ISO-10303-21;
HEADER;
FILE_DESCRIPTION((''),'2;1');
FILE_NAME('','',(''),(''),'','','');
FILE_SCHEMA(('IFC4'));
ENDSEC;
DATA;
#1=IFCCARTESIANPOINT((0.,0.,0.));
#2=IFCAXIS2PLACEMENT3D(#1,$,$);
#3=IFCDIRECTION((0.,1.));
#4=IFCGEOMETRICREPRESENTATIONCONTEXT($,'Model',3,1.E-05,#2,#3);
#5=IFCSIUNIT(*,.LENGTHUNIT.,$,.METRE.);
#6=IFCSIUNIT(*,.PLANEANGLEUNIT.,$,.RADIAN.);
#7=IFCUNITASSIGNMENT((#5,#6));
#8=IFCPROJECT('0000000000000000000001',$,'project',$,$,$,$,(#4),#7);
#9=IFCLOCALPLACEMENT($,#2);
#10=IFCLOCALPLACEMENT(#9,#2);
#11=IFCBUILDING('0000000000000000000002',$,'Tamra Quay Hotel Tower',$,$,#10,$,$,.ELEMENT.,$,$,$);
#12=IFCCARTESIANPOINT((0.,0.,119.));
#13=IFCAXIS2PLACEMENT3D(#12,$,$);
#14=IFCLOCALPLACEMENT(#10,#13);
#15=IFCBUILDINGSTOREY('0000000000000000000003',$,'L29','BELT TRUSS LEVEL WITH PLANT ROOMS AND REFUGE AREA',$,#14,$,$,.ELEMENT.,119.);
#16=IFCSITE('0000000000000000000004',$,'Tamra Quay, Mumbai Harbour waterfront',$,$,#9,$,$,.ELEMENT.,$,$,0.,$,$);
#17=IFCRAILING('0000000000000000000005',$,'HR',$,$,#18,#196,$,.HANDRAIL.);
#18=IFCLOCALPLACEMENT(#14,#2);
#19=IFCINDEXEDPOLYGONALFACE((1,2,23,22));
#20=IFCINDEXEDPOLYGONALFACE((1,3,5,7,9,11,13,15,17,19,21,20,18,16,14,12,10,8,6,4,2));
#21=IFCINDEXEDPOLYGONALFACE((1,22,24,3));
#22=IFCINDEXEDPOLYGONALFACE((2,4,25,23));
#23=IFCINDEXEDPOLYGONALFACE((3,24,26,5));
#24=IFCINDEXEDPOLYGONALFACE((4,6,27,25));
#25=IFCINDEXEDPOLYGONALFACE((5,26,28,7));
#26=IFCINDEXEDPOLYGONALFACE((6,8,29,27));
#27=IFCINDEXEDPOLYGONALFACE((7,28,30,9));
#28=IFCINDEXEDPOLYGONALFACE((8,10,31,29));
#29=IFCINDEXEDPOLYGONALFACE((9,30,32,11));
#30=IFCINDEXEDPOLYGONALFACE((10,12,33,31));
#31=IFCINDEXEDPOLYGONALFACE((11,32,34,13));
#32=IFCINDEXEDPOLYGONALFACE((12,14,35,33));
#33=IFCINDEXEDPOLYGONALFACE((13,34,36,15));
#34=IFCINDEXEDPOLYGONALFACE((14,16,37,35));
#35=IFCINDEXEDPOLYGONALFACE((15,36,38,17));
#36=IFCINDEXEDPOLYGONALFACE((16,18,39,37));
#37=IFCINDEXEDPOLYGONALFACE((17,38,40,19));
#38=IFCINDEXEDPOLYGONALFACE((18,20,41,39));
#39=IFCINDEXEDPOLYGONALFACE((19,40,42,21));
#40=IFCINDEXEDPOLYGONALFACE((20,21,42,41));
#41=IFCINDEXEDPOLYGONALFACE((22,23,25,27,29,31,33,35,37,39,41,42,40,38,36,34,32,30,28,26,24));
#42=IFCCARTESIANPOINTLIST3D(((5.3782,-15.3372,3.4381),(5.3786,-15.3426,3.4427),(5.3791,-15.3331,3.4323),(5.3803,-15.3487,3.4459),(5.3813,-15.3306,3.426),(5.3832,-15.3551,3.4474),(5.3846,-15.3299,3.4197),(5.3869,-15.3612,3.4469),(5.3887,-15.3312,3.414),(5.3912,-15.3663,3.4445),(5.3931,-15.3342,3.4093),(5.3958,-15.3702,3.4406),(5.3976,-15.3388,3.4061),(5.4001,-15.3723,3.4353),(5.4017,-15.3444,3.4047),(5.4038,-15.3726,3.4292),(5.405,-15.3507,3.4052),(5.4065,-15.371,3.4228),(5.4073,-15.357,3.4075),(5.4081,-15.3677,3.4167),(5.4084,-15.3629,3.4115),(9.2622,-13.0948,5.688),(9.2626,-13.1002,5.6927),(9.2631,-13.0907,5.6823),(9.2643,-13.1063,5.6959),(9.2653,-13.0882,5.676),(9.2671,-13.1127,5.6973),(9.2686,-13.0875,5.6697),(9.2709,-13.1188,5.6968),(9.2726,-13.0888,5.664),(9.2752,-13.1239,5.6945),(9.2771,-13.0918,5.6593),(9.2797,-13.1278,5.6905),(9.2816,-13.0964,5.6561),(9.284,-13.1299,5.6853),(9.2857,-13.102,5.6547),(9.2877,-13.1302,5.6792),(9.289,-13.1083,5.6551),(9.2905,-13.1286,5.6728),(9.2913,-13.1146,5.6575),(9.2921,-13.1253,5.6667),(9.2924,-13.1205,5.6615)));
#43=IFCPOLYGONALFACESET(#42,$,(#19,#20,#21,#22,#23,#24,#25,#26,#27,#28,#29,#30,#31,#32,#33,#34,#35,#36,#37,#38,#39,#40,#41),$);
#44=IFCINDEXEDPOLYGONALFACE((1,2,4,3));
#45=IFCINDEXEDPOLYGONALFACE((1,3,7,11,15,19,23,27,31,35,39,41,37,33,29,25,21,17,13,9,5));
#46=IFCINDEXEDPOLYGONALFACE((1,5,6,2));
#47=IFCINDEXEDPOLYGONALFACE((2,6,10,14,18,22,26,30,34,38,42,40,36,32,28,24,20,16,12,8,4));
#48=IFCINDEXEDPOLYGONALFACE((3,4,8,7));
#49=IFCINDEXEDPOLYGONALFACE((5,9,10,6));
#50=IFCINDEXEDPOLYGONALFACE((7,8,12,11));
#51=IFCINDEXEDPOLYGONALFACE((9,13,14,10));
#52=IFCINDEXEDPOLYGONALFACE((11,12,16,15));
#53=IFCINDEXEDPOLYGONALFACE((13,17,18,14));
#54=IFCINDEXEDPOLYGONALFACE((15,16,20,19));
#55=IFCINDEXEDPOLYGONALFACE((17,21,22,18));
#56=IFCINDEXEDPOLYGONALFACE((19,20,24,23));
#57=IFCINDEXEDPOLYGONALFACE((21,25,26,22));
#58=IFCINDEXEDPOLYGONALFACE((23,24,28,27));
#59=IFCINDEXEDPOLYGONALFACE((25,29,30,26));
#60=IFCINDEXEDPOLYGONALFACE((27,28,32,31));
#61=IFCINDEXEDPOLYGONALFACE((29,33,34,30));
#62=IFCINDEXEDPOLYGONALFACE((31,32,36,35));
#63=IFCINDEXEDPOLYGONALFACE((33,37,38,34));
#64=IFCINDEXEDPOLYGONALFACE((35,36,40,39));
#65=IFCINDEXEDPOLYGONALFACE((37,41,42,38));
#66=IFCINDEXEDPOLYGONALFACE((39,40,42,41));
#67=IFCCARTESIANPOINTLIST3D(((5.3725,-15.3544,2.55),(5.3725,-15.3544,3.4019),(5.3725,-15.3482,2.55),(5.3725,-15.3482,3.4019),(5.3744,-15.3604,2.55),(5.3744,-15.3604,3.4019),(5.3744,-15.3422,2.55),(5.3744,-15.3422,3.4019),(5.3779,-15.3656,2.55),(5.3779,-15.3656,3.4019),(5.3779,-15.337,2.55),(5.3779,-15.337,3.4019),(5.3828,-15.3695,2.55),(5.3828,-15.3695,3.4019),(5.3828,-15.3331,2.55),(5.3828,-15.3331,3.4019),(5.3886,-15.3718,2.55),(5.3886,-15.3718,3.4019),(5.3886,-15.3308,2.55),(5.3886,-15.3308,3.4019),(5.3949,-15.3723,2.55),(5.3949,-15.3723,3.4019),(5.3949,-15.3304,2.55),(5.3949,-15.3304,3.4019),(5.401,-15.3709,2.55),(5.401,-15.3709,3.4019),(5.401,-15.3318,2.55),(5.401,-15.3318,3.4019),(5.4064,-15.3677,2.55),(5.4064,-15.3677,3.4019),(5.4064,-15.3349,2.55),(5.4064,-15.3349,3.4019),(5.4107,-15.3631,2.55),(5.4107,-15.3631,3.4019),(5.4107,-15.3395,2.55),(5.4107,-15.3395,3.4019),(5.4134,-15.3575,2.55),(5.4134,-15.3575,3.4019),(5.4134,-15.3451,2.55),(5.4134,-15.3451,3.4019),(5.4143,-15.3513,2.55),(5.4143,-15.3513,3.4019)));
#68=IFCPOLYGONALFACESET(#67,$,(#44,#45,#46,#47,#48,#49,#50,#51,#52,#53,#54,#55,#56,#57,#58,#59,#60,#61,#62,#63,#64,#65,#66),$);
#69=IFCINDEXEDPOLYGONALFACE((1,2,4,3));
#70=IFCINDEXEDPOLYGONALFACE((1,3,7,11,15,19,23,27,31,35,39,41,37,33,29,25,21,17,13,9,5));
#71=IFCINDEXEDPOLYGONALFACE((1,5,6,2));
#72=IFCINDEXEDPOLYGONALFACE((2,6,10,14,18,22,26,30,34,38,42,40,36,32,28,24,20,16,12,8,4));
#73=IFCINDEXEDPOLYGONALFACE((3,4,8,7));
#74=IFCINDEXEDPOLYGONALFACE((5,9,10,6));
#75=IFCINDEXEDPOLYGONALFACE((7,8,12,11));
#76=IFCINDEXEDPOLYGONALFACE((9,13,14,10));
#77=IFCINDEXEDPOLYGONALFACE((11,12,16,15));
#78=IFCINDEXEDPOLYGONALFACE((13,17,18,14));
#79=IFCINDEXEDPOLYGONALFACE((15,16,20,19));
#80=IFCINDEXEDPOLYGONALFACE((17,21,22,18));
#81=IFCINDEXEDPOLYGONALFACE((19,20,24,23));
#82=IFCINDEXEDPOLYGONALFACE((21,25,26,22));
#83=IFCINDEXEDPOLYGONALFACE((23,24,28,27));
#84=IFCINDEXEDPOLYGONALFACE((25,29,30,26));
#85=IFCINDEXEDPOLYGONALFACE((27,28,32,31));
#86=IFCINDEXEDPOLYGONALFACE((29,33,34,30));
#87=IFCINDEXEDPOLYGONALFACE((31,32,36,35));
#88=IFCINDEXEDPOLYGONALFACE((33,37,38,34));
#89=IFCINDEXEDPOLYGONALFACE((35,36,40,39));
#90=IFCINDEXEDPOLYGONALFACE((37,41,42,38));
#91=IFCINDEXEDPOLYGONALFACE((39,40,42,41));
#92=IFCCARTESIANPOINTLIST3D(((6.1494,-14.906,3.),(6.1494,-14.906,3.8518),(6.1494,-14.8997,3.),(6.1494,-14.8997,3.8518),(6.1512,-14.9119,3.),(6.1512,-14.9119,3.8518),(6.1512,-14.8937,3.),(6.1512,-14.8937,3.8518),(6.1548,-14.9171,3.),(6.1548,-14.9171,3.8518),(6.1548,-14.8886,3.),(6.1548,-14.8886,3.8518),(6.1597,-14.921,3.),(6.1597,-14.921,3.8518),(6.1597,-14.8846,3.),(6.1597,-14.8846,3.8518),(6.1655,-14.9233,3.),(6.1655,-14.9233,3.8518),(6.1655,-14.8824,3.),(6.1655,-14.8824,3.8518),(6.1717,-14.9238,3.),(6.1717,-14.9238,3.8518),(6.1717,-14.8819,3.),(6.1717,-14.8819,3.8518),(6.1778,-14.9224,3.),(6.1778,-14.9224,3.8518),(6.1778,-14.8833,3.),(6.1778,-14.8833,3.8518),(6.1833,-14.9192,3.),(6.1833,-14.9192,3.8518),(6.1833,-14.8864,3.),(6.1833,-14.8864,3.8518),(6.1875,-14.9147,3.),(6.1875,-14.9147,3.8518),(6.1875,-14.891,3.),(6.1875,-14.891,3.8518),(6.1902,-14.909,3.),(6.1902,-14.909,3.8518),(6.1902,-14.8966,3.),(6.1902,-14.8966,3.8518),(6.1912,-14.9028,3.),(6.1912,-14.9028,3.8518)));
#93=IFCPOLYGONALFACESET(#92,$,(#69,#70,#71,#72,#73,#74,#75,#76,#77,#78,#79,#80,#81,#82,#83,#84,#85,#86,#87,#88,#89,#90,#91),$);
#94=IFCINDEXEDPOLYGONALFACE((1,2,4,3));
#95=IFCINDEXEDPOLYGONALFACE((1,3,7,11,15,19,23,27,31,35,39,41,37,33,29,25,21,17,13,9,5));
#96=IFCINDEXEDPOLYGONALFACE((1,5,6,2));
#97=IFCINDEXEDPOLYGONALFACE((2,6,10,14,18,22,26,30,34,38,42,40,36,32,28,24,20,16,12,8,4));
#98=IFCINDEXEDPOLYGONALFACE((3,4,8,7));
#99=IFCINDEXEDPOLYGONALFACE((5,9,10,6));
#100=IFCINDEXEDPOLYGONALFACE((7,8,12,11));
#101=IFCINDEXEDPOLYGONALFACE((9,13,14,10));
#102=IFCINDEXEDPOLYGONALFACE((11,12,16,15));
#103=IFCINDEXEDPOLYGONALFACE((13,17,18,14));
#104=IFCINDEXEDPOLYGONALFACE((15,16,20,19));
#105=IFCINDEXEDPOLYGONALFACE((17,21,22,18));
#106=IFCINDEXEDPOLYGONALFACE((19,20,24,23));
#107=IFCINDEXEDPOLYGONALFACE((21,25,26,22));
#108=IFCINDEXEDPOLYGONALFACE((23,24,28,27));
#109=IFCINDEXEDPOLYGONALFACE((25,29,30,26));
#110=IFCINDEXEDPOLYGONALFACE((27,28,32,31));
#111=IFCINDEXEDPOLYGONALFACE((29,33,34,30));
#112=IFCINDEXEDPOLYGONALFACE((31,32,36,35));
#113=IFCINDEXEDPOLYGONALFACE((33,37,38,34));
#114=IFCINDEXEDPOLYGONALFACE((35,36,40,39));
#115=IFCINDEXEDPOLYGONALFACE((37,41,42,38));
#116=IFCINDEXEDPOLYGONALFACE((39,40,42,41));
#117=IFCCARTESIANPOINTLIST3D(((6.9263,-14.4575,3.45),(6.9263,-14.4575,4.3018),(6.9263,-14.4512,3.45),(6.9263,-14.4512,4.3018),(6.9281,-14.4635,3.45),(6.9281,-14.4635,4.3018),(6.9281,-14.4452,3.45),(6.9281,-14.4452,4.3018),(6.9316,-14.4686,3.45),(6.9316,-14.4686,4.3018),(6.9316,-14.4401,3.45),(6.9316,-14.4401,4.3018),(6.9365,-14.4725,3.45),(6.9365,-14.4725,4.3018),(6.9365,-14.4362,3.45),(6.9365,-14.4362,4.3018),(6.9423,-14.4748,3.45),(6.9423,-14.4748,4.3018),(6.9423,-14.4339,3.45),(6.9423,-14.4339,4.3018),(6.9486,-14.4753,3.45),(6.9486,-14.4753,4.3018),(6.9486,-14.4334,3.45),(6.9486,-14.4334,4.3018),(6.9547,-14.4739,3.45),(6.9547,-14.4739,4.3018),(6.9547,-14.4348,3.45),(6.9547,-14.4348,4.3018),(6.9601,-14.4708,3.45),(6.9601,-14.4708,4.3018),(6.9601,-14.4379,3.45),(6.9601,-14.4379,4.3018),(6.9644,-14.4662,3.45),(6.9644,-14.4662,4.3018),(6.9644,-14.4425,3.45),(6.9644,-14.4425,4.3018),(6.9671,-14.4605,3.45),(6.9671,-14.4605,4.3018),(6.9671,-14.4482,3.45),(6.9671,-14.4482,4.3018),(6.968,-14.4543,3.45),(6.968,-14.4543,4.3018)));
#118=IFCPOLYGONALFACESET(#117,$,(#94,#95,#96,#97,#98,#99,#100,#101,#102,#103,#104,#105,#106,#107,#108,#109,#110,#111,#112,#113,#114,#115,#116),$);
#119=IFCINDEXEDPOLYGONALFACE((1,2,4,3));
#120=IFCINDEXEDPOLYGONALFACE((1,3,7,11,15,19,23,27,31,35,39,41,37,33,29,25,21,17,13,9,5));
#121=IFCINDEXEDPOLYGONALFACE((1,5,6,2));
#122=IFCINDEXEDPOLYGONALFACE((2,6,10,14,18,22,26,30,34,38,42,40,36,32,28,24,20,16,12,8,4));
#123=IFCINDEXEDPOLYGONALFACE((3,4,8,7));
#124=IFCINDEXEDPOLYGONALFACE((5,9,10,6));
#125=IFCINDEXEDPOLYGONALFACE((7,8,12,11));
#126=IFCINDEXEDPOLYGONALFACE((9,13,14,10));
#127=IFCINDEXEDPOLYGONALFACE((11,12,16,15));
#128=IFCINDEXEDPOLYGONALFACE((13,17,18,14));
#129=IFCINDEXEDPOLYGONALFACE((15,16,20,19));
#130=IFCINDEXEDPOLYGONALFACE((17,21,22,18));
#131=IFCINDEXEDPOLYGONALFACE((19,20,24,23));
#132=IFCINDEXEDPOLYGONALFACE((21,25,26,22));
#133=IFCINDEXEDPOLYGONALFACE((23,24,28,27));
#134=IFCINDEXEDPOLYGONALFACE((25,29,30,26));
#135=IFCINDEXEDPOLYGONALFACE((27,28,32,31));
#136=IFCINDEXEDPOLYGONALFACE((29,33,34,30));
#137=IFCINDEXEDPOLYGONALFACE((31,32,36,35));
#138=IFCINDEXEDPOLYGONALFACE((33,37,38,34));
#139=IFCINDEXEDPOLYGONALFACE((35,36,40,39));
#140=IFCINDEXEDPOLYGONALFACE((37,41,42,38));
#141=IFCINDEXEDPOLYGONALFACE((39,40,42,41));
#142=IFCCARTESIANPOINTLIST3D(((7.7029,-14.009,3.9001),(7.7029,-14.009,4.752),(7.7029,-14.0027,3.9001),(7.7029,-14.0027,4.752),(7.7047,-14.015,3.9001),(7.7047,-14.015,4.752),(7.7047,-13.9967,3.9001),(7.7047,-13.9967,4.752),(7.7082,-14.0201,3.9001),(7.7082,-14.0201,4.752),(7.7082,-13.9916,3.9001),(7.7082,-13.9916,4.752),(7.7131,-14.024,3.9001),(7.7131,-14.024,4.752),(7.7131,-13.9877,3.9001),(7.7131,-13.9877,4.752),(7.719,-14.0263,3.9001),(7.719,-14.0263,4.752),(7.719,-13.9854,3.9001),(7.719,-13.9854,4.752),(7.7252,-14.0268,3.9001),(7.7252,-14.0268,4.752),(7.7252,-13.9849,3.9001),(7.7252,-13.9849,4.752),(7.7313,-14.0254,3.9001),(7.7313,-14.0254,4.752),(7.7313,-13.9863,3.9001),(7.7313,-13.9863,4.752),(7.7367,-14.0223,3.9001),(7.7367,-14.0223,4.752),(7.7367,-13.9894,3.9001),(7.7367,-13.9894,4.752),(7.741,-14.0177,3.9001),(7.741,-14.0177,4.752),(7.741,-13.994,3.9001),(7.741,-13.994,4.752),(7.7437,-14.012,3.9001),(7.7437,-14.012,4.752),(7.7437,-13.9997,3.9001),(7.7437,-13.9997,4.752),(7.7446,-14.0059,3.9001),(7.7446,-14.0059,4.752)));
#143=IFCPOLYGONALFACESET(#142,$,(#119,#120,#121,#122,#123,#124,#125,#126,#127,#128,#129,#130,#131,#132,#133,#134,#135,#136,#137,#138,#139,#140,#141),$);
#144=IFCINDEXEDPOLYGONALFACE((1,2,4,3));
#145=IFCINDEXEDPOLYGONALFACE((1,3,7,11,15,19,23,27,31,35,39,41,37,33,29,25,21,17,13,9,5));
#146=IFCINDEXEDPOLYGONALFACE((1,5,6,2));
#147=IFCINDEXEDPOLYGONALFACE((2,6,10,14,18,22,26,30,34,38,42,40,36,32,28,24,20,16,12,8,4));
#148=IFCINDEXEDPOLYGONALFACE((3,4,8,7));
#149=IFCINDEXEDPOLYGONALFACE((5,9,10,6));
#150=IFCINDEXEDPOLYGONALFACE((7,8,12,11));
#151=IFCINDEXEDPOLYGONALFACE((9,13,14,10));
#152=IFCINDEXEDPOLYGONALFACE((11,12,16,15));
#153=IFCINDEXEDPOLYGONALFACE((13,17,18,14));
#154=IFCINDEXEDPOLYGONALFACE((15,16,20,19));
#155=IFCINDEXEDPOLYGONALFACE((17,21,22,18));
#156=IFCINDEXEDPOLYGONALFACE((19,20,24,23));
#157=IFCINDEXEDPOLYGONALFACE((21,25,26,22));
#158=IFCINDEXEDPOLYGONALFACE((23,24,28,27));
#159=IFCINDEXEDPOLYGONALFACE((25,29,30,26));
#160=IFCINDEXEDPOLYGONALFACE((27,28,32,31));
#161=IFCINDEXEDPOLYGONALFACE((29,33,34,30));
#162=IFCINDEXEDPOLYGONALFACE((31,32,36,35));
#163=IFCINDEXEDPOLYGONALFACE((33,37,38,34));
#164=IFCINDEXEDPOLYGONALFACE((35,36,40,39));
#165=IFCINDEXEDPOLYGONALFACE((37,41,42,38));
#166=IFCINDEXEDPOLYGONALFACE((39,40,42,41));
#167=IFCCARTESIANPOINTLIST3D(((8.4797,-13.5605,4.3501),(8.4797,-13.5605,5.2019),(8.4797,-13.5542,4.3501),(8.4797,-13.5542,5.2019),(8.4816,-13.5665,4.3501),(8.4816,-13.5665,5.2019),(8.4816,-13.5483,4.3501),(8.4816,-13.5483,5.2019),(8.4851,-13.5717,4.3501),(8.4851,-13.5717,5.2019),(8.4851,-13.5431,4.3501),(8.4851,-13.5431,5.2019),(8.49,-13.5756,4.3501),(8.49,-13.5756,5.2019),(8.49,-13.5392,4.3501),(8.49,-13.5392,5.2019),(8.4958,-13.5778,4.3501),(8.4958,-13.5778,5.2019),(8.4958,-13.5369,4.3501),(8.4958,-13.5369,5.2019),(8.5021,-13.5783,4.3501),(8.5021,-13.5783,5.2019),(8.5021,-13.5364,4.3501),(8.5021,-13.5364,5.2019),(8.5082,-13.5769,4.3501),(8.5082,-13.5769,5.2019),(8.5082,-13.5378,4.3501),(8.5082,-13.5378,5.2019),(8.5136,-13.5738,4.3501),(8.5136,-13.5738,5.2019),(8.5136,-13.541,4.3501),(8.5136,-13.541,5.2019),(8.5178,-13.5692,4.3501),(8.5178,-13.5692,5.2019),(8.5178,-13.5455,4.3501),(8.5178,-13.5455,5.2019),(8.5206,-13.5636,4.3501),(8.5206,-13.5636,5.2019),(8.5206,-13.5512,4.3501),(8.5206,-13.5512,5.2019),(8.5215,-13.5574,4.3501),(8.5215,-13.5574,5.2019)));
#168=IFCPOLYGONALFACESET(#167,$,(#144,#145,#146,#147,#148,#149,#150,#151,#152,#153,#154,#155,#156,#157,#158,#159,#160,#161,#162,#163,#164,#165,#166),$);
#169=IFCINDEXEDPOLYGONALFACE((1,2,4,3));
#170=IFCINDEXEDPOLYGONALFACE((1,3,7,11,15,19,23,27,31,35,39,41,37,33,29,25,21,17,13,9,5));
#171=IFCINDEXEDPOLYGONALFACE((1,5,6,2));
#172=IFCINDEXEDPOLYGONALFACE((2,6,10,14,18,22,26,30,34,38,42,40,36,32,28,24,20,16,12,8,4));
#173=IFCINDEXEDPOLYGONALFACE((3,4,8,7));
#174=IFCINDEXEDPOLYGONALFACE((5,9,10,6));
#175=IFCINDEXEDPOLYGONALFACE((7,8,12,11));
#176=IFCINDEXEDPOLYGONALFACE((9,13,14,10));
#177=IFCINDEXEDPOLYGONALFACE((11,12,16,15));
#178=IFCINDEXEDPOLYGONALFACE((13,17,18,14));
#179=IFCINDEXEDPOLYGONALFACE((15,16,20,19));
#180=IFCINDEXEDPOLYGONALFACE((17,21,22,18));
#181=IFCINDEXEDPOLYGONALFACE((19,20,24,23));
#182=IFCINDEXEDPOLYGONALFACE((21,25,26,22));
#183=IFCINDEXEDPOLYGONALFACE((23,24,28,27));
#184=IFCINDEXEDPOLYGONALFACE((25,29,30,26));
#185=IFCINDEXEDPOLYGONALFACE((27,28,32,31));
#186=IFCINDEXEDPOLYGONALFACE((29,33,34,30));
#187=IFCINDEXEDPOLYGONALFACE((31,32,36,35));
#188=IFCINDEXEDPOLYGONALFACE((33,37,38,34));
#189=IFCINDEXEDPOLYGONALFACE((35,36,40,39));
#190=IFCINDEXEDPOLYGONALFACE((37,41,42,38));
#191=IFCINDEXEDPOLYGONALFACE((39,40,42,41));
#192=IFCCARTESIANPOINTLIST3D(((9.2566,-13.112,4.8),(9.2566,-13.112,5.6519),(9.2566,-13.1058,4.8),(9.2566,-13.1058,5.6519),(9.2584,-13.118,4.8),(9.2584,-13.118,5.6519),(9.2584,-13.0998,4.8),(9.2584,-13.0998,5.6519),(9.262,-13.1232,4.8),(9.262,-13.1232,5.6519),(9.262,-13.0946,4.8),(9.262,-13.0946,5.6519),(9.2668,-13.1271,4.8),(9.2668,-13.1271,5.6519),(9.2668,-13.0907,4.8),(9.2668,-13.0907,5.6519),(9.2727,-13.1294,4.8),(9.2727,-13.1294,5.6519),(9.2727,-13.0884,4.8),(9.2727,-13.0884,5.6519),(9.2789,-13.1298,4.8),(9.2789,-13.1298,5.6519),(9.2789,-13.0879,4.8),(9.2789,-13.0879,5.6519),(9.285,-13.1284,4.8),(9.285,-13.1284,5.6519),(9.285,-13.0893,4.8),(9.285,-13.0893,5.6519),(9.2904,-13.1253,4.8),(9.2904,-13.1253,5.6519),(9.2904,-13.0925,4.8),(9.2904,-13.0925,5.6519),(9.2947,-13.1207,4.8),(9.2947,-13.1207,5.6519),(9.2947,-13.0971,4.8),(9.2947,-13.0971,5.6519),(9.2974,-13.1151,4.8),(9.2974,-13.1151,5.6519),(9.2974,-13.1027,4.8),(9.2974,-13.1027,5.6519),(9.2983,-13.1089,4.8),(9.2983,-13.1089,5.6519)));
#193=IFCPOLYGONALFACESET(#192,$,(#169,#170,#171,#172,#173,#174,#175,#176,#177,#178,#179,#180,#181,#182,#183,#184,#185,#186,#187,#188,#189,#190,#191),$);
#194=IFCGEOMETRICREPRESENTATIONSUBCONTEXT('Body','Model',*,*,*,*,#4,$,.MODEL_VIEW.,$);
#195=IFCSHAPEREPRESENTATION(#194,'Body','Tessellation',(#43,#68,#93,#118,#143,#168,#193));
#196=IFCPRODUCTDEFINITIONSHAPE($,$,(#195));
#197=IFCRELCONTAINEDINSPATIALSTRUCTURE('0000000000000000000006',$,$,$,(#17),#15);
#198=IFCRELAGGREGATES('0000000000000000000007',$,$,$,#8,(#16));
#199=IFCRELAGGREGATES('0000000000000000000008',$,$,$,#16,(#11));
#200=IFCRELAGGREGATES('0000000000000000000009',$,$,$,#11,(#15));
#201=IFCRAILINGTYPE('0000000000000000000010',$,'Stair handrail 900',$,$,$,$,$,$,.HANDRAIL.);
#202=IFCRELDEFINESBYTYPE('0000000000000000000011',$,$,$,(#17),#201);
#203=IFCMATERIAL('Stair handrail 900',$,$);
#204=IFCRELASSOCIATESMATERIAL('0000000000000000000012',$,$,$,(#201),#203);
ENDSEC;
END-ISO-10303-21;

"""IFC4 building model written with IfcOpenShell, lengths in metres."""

from ifc_helpers import new_model, si_unit, direction, frame, origin, origin_2d, place, context, subcontext, project, spatial, circle, extrude, material, type_object, element, save


model = new_model("IFC4")

# Units and contexts
model_context = context("Model", 3, precision=1e-05, world=origin(), true_north=direction((0.0, 1.0)))
body_context = subcontext(model_context, "Body", "Model", "MODEL_VIEW")
ifc_project = project(units=[si_unit("LENGTHUNIT", "METRE"), si_unit("PLANEANGLEUNIT", "RADIAN")], contexts=[model_context])

# Site, building, storey
site_placement = place(None, origin())
site = spatial("IfcSite", under=ifc_project, at=site_placement, Name="Tamra Quay, Mumbai Harbour waterfront", CompositionType="ELEMENT", RefElevation=0.0)
building_placement = place(site_placement, origin())
building = spatial("IfcBuilding", under=site, at=building_placement, Name="Tamra Quay Hotel Tower", CompositionType="ELEMENT")
storey_placement = place(building_placement, frame((0.0, 0.0, 119.0)))
storey = spatial("IfcBuildingStorey", under=building, at=storey_placement, Name="L29", Description="BELT TRUSS LEVEL WITH PLANT ROOMS AND REFUGE AREA", CompositionType="ELEMENT", Elevation=119.0)

# Railing
ifc_material_1 = material(Name="Stair handrail 900")
railing_type_1 = type_object("IfcRailingType", Name="Stair handrail 900", PredefinedType="HANDRAIL", material=ifc_material_1)
railing_1_placement = place(storey_placement, frame((5.3933, -15.3513, 2.55)))
element("IfcRailing", 1, at=railing_1_placement, inside=storey, type_object=railing_type_1, Name="HR", PredefinedType="HANDRAIL", context=body_context, shape_type="SweptSolid", body=[
    extrude(circle(Radius=0.0239, at=origin_2d()), frame((0.0, 0.0, 0.876), z_axis=(0.774076, 0.44691, 0.448418), x_axis=(-0.499997, 0.866027, 0.0)), (0.0, 0.0, 1.0), 5.0176),
    extrude(circle(Radius=0.021, at=origin_2d()), origin(), (0.0, 0.0, 1.0), 0.8518),
    extrude(circle(Radius=0.021, at=origin_2d()), frame((0.7769, 0.4485, 0.45)), (0.0, 0.0, 1.0), 0.8518),
    extrude(circle(Radius=0.021, at=origin_2d()), frame((1.5537, 0.897, 0.8999)), (0.0, 0.0, 1.0), 0.8518),
    extrude(circle(Radius=0.021, at=origin_2d()), frame((2.3303, 1.3455, 1.3501)), (0.0, 0.0, 1.0), 0.8518),
    extrude(circle(Radius=0.021, at=origin_2d()), frame((3.1072, 1.7939, 1.8)), (0.0, 0.0, 1.0), 0.8518),
    extrude(circle(Radius=0.021, at=origin_2d()), frame((3.884, 2.2424, 2.25)), (0.0, 0.0, 1.0), 0.8518),
])

save(model, "model.ifc")
